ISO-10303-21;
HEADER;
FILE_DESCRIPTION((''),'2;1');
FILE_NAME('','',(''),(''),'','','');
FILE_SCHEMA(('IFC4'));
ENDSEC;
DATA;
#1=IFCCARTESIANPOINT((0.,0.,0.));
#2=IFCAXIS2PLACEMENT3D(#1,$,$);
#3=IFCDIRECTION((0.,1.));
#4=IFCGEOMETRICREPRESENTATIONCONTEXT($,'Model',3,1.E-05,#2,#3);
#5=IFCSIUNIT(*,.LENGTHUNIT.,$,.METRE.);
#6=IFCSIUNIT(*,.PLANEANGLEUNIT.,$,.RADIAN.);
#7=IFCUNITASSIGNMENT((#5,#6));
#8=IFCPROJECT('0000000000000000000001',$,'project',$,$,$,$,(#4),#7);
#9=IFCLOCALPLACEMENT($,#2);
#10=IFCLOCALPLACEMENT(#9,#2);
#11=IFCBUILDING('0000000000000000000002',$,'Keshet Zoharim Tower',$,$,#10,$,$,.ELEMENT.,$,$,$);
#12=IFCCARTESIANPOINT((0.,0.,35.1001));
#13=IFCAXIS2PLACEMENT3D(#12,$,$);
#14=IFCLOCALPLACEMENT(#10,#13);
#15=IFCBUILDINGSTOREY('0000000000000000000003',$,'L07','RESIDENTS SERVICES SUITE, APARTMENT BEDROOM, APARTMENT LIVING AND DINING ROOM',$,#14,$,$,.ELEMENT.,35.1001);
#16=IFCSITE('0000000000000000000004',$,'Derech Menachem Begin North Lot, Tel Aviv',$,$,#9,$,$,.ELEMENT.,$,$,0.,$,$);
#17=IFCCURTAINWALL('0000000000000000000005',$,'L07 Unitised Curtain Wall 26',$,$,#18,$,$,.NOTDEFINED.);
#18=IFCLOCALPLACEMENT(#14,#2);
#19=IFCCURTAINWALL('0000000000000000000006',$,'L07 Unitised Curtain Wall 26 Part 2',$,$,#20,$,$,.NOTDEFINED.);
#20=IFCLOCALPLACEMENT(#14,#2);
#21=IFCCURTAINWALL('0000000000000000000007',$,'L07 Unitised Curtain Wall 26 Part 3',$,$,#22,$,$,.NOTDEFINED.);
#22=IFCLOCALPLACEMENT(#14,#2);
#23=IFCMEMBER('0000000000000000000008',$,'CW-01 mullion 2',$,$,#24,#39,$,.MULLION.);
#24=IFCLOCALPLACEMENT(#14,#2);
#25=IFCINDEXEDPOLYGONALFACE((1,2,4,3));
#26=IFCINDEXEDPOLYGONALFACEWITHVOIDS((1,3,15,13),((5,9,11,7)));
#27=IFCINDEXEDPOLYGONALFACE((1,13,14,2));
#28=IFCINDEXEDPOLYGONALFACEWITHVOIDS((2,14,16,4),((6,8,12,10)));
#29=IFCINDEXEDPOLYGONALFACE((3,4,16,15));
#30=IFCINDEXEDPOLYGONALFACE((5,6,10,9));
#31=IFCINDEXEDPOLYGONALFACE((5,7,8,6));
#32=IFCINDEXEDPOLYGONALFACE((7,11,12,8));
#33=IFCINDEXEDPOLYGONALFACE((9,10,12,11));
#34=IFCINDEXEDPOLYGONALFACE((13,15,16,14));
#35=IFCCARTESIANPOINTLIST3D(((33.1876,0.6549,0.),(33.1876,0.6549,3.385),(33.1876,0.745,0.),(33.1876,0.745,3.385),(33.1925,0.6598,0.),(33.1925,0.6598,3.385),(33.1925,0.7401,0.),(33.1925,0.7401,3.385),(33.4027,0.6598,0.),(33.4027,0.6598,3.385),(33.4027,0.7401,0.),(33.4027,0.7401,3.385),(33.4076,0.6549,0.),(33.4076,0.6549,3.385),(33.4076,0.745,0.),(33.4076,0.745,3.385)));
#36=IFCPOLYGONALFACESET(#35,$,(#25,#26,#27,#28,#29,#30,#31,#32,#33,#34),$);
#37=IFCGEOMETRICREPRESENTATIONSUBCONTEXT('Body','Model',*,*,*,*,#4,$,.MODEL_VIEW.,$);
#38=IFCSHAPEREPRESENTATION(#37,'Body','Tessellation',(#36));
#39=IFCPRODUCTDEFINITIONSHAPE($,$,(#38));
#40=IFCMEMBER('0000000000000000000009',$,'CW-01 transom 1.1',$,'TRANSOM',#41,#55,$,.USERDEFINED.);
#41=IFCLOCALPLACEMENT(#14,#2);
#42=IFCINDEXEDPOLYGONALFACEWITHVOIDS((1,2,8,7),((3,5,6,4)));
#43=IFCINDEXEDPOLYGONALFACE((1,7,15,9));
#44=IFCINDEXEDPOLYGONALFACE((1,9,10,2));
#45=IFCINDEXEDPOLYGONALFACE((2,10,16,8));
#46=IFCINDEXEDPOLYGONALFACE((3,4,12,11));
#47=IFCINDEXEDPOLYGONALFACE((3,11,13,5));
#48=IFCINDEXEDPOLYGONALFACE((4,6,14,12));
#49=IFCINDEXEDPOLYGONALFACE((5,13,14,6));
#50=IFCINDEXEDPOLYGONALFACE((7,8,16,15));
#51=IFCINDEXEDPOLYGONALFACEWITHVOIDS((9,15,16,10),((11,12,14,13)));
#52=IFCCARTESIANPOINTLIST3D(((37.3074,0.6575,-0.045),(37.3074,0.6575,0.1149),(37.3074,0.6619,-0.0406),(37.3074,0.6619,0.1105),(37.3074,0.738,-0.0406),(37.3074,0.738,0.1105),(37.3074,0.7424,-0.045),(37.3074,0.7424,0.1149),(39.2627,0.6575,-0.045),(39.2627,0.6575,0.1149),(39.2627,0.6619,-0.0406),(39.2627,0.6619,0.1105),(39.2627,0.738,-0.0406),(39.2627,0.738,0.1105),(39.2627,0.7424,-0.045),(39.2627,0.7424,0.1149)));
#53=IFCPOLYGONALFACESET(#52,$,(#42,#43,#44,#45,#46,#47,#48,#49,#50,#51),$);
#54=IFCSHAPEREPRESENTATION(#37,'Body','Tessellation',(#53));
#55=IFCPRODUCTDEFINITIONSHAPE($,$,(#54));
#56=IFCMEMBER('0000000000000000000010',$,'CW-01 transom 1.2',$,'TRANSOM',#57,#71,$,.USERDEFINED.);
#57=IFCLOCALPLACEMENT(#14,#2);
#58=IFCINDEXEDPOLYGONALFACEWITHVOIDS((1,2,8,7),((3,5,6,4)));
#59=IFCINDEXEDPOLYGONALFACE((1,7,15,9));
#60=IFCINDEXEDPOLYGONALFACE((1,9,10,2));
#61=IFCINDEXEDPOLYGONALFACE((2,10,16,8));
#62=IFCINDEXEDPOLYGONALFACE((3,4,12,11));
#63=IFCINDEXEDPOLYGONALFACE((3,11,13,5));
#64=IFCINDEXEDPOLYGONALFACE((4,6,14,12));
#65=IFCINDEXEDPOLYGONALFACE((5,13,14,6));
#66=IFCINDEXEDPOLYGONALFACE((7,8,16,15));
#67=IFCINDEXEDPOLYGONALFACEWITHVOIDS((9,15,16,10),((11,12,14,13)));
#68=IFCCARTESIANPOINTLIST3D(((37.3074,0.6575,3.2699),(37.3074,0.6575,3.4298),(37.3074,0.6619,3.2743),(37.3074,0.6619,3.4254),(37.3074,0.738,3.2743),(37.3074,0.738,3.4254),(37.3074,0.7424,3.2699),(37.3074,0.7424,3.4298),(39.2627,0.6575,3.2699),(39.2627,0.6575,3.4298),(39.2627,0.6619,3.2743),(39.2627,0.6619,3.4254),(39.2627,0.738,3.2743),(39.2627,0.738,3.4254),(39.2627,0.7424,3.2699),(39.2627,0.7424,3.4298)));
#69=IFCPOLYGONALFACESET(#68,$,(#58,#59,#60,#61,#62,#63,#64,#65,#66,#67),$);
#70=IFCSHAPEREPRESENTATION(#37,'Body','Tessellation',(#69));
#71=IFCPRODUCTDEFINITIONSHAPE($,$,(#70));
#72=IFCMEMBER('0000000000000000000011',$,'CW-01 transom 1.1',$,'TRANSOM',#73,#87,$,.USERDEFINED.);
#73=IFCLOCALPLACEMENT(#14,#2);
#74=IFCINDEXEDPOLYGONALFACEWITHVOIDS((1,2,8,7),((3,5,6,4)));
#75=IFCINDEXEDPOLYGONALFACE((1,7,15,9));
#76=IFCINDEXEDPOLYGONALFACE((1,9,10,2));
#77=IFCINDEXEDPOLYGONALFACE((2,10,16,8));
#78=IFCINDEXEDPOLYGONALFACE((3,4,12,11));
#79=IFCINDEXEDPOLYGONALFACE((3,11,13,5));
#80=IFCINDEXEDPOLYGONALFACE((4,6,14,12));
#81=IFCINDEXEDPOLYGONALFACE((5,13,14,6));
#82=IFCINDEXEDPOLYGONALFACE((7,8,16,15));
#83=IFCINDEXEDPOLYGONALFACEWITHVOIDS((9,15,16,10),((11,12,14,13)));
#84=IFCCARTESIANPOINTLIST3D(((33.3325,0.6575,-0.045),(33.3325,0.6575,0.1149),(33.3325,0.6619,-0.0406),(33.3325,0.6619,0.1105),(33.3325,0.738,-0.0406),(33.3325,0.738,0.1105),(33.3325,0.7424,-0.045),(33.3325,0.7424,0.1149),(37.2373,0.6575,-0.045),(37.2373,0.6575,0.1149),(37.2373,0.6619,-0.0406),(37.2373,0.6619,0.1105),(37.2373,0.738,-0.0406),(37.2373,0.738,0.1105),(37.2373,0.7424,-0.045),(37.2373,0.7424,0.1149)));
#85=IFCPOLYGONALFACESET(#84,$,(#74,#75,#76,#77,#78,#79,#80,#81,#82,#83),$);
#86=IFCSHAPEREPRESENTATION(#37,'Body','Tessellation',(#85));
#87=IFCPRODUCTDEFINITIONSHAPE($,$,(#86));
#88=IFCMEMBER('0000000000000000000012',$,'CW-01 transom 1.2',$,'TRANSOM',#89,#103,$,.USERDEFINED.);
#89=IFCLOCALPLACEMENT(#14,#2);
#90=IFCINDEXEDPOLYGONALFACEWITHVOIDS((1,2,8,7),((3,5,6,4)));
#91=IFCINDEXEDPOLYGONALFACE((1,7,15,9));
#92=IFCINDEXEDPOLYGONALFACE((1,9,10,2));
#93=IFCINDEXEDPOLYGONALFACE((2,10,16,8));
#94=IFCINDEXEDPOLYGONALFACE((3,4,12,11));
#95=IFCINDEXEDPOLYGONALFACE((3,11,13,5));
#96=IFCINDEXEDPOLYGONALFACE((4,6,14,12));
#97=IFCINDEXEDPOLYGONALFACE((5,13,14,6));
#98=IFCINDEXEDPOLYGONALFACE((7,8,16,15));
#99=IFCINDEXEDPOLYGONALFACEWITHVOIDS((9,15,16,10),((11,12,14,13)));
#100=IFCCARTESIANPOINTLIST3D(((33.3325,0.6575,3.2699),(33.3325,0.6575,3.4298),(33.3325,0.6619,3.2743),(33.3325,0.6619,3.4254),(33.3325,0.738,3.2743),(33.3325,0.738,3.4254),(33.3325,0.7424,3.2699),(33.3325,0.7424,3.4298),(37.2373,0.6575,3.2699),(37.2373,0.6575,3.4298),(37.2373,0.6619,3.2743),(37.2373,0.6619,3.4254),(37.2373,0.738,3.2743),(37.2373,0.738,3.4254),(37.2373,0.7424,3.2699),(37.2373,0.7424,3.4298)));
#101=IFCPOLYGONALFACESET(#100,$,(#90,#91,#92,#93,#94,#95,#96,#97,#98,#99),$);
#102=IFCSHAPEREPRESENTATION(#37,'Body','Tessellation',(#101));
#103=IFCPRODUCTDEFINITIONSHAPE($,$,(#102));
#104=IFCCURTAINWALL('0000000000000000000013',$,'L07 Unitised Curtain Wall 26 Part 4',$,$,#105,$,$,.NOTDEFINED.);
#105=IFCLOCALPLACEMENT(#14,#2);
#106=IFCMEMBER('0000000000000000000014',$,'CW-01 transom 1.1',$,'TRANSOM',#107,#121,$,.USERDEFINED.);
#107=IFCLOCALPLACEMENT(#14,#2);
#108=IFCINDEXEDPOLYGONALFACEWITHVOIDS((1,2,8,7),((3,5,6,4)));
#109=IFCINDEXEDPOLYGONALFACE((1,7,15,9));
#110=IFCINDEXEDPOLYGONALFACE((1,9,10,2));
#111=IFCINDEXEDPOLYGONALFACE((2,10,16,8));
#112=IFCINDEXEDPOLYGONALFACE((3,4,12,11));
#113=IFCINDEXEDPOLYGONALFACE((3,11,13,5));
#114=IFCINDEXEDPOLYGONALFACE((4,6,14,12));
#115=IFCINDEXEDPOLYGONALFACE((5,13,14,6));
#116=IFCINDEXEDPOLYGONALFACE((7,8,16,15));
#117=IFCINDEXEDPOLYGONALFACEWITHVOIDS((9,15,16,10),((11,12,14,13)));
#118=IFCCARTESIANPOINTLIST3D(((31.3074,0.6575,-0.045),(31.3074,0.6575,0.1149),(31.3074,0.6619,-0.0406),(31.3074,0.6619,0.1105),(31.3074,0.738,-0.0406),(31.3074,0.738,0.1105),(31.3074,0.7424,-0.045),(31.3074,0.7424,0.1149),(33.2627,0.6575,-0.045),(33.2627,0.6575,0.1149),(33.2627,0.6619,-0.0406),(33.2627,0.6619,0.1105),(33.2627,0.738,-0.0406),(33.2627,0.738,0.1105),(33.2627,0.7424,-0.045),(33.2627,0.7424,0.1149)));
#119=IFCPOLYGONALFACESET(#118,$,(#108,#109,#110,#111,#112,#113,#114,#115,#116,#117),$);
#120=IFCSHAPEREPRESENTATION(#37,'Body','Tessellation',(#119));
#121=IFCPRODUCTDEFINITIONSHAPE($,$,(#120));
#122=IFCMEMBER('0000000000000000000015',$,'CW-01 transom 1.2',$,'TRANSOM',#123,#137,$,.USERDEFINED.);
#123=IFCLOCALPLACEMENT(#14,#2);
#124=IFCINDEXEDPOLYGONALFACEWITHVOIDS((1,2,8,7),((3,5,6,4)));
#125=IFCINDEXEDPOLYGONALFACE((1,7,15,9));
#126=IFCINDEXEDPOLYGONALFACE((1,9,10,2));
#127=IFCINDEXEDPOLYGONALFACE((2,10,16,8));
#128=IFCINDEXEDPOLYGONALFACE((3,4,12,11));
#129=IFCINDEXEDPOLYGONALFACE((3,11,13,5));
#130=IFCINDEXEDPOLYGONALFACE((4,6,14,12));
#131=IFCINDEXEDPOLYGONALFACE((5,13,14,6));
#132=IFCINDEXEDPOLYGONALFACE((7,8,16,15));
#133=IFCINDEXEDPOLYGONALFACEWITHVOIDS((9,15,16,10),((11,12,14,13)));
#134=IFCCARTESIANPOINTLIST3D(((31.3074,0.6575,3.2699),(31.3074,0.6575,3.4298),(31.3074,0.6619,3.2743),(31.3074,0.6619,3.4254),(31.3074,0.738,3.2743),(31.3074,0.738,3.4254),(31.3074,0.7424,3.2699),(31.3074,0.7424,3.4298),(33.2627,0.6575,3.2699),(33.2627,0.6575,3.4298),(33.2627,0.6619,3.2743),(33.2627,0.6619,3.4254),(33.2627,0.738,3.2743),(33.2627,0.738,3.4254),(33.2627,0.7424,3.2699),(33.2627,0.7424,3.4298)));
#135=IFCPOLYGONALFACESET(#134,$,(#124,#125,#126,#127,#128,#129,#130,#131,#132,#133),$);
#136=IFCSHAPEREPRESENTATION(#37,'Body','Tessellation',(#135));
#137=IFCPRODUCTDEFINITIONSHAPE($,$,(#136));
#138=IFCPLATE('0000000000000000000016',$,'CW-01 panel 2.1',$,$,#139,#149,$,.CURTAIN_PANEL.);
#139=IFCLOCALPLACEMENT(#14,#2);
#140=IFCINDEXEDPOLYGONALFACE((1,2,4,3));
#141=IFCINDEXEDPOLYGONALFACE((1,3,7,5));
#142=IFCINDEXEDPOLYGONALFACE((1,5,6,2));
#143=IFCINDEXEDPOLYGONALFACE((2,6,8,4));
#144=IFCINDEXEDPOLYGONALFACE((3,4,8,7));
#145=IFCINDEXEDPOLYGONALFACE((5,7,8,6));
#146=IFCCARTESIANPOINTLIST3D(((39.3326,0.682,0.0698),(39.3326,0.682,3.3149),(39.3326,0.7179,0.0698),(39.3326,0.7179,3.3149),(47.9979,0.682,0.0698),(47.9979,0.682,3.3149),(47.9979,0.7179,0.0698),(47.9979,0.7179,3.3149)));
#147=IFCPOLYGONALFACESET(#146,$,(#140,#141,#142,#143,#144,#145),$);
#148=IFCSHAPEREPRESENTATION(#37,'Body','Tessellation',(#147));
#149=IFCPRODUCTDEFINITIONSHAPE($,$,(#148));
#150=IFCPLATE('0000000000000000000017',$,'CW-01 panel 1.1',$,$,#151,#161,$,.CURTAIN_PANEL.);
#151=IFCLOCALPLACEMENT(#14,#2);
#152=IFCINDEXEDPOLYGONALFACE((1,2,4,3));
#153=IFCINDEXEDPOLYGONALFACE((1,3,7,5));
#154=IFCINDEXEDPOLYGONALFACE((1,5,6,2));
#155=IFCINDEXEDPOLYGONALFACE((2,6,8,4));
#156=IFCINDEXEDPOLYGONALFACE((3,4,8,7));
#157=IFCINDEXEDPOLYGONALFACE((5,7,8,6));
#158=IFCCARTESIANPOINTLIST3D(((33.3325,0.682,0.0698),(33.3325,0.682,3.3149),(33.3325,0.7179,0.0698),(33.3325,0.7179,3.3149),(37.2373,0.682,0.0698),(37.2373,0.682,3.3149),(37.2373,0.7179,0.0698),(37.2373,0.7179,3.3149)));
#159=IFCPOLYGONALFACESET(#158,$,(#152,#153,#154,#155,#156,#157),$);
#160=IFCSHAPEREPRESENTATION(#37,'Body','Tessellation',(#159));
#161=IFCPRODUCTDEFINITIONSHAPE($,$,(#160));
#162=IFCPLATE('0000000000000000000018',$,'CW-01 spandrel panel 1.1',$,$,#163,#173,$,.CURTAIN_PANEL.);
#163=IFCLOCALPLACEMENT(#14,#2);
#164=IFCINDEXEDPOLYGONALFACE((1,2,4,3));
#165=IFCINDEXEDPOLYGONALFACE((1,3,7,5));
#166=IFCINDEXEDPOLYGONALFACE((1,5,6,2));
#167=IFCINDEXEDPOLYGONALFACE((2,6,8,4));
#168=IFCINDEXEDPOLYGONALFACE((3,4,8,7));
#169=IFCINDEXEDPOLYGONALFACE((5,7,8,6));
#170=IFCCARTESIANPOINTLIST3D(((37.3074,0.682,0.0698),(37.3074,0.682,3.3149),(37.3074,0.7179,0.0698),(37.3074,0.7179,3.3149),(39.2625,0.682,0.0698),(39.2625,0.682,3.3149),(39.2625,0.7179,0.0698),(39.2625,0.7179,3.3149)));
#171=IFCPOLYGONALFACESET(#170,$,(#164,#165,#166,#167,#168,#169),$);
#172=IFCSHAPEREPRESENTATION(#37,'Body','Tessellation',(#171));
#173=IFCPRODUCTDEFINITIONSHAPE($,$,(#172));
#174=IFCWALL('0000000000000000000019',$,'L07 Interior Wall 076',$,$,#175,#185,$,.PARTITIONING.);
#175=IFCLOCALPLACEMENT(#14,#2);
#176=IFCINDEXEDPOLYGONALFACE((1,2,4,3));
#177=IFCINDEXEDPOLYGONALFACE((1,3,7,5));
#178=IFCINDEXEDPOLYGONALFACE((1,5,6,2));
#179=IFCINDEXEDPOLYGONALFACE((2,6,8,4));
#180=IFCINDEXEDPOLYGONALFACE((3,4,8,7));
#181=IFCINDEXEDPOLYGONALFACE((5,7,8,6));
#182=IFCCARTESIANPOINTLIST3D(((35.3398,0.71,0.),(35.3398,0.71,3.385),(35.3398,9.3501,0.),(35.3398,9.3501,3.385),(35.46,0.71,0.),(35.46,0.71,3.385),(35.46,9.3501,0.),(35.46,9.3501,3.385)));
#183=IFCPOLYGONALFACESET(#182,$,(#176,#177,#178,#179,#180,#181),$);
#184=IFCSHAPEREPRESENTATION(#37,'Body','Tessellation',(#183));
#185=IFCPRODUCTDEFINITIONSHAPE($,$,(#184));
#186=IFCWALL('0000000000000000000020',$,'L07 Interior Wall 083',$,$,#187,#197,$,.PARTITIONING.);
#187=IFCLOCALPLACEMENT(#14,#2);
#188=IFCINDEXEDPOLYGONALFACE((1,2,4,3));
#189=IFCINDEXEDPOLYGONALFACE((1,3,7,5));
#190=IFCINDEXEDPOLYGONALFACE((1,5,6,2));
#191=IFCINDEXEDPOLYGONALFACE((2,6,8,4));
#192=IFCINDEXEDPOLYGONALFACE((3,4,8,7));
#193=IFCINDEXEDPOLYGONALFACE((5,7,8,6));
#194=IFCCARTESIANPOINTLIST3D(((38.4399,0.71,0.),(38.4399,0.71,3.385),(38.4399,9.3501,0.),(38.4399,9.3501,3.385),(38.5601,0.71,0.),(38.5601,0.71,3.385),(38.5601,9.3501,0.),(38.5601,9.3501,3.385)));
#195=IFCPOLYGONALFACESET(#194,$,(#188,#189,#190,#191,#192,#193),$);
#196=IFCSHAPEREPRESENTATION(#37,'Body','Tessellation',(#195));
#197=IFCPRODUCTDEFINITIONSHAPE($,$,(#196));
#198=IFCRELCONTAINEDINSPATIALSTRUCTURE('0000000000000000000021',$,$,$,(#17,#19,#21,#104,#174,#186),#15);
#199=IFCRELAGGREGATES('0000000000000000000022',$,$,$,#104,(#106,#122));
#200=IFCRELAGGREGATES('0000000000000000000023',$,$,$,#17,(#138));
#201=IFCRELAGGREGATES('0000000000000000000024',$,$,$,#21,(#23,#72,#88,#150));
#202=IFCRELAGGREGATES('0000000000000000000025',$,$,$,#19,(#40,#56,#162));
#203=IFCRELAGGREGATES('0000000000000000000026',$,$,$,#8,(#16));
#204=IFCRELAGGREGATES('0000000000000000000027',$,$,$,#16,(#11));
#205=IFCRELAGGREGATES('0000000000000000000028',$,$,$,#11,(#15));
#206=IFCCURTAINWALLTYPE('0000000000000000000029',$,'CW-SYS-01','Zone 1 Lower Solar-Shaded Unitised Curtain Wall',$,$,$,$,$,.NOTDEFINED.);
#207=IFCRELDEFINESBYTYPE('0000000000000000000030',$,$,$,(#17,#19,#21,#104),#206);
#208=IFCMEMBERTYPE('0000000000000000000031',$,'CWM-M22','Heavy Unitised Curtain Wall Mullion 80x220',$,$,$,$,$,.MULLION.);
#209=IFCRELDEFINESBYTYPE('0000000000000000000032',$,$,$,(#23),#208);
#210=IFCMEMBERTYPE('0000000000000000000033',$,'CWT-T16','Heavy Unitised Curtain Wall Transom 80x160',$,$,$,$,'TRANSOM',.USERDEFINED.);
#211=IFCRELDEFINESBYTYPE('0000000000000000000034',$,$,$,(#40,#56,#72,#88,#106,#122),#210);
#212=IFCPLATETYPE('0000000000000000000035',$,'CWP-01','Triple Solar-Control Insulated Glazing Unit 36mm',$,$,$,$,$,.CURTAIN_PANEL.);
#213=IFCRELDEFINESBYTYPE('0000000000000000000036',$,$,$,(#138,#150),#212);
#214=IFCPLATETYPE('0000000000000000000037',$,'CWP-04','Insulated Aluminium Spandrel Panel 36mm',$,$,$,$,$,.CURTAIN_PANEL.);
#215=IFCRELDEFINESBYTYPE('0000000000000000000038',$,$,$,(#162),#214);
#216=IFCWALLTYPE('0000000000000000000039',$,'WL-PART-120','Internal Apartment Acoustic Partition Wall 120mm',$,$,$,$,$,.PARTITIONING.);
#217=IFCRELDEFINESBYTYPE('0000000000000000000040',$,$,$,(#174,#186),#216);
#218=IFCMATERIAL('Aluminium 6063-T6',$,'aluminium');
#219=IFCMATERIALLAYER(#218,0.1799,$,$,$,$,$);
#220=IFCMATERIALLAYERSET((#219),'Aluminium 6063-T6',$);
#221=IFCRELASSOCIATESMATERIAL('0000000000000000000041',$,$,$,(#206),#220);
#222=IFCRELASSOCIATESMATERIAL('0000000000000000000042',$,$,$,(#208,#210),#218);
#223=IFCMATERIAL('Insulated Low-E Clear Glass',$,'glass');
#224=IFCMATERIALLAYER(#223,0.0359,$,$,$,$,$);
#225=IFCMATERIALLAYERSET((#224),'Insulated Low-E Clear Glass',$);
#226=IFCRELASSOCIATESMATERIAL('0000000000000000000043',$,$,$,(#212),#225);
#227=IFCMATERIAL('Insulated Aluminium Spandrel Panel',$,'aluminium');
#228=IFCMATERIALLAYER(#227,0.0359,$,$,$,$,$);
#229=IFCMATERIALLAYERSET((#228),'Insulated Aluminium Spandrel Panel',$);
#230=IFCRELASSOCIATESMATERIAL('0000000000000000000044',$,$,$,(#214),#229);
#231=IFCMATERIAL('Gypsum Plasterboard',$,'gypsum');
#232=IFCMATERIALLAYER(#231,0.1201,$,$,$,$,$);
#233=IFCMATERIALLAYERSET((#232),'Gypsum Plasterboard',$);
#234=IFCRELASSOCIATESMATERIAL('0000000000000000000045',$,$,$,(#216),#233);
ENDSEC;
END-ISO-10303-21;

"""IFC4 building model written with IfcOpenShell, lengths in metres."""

from ifc_helpers import new_model, si_unit, direction, frame, frame_2d, origin, origin_2d, place, context, subcontext, project, spatial, rectangle, hollow_rectangle, extrude, material, layer, layer_set, material_profile, profile_set, type_object, element, aggregate, save


model = new_model("IFC4")

# Units and contexts
model_context = context("Model", 3, precision=1e-05, world=origin(), true_north=direction((0.0, 1.0)))
body_context = subcontext(model_context, "Body", "Model", "MODEL_VIEW")
ifc_project = project(units=[si_unit("LENGTHUNIT", "METRE"), si_unit("PLANEANGLEUNIT", "RADIAN")], contexts=[model_context])

# Site, building, storey
site_placement = place(None, origin())
site = spatial("IfcSite", under=ifc_project, at=site_placement, Name="Derech Menachem Begin North Lot, Tel Aviv", CompositionType="ELEMENT", RefElevation=0.0)
building_placement = place(site_placement, origin())
building = spatial("IfcBuilding", under=site, at=building_placement, Name="Keshet Zoharim Tower", CompositionType="ELEMENT")
storey_placement = place(building_placement, frame((0.0, 0.0, 35.1001)))
storey = spatial("IfcBuildingStorey", under=building, at=storey_placement, Name="L07", Description="RESIDENTS SERVICES SUITE, APARTMENT BEDROOM, APARTMENT LIVING AND DINING ROOM", CompositionType="ELEMENT", Elevation=35.1001)

# Curtain walls, member
ifc_material_1 = material(Name="Aluminium 6063-T6", Category="aluminium")
ifc_layer_1 = layer(ifc_material_1, 0.1799)
ifc_layer_set_1 = layer_set([ifc_layer_1], Name="Aluminium 6063-T6")
curtain_wall_type = type_object("IfcCurtainWallType", Name="CW-SYS-01", Description="Zone 1 Lower Solar-Shaded Unitised Curtain Wall", PredefinedType="NOTDEFINED", material=ifc_layer_set_1)
curtain_wall_1_placement = place(storey_placement, origin())
curtain_wall_1 = element("IfcCurtainWall", 1, at=curtain_wall_1_placement, inside=storey, type_object=curtain_wall_type, Name="L07 Unitised Curtain Wall 26", PredefinedType="NOTDEFINED")
ifc_material_profile_1 = material_profile(ifc_material_1, hollow_rectangle(XDim=0.0901, YDim=0.22, WallThickness=0.0049, at=origin_2d()), Name="MUL-90x220")
ifc_profile_set_1 = profile_set([ifc_material_profile_1], Name="Aluminium 6063-T6")
member_type_1 = type_object("IfcMemberType", Name="CWM-M22", Description="Heavy Unitised Curtain Wall Mullion 80x220", PredefinedType="MULLION", material=ifc_profile_set_1)
curtain_wall_2_placement = place(storey_placement, origin())
curtain_wall_2 = element("IfcCurtainWall", 2, at=curtain_wall_2_placement, inside=storey, type_object=curtain_wall_type, Name="L07 Unitised Curtain Wall 26 Part 2", PredefinedType="NOTDEFINED")
curtain_wall_3_placement = place(storey_placement, origin())
curtain_wall_3 = element("IfcCurtainWall", 3, at=curtain_wall_3_placement, inside=storey, type_object=curtain_wall_type, Name="L07 Unitised Curtain Wall 26 Part 3", PredefinedType="NOTDEFINED")
member_1_placement = place(storey_placement, frame((33.2976, 0.7, 0.0), z_axis=(0.0, 0.0, 1.0), x_axis=(0.0, -1.0, 0.0)))
member_1 = element("IfcMember", 4, at=member_1_placement, type_object=member_type_1, Name="CW-01 mullion 2", PredefinedType="MULLION", context=body_context, shape_type="SweptSolid", body=[
    extrude(hollow_rectangle(XDim=0.0901, YDim=0.22, WallThickness=0.0049, at=origin_2d()), origin(), (0.0, 0.0, 1.0), 3.385),
])

# Members
ifc_material_profile_2 = material_profile(ifc_material_1, hollow_rectangle(XDim=0.085, YDim=0.1599, WallThickness=0.0044, at=origin_2d()), Name="TRN-85x160")
ifc_profile_set_2 = profile_set([ifc_material_profile_2], Name="Aluminium 6063-T6")
member_type_2 = type_object("IfcMemberType", Name="CWT-T16", Description="Heavy Unitised Curtain Wall Transom 80x160", ElementType="TRANSOM", PredefinedType="USERDEFINED", material=ifc_profile_set_2)
member_2_placement = place(storey_placement, frame((39.2627, 0.7, 0.0349), z_axis=(-1.0, 0.0, 0.0), x_axis=(0.0, -1.0, 0.0)))
member_2 = element("IfcMember", 5, at=member_2_placement, type_object=member_type_2, Name="CW-01 transom 1.1", ObjectType="TRANSOM", PredefinedType="USERDEFINED", context=body_context, shape_type="SweptSolid", body=[
    extrude(hollow_rectangle(XDim=0.085, YDim=0.1599, WallThickness=0.0044, at=origin_2d()), origin(), (0.0, 0.0, 1.0), 1.9553),
])
member_3_placement = place(storey_placement, frame((39.2627, 0.7, 3.3499), z_axis=(-1.0, 0.0, 0.0), x_axis=(0.0, -1.0, 0.0)))
member_3 = element("IfcMember", 6, at=member_3_placement, type_object=member_type_2, Name="CW-01 transom 1.2", ObjectType="TRANSOM", PredefinedType="USERDEFINED", context=body_context, shape_type="SweptSolid", body=[
    extrude(hollow_rectangle(XDim=0.085, YDim=0.1599, WallThickness=0.0044, at=origin_2d()), origin(), (0.0, 0.0, 1.0), 1.9553),
])
member_4_placement = place(storey_placement, frame((37.2373, 0.7, 0.0349), z_axis=(-1.0, 0.0, 0.0), x_axis=(0.0, -1.0, 0.0)))
member_4 = element("IfcMember", 7, at=member_4_placement, type_object=member_type_2, Name="CW-01 transom 1.1", ObjectType="TRANSOM", PredefinedType="USERDEFINED", context=body_context, shape_type="SweptSolid", body=[
    extrude(hollow_rectangle(XDim=0.085, YDim=0.1599, WallThickness=0.0044, at=origin_2d()), origin(), (0.0, 0.0, 1.0), 3.9048),
])
member_5_placement = place(storey_placement, frame((37.2373, 0.7, 3.3499), z_axis=(-1.0, 0.0, 0.0), x_axis=(0.0, -1.0, 0.0)))
member_5 = element("IfcMember", 8, at=member_5_placement, type_object=member_type_2, Name="CW-01 transom 1.2", ObjectType="TRANSOM", PredefinedType="USERDEFINED", context=body_context, shape_type="SweptSolid", body=[
    extrude(hollow_rectangle(XDim=0.085, YDim=0.1599, WallThickness=0.0044, at=origin_2d()), origin(), (0.0, 0.0, 1.0), 3.9048),
])

# Curtain wall, members
curtain_wall_4_placement = place(storey_placement, origin())
curtain_wall_4 = element("IfcCurtainWall", 9, at=curtain_wall_4_placement, inside=storey, type_object=curtain_wall_type, Name="L07 Unitised Curtain Wall 26 Part 4", PredefinedType="NOTDEFINED")
member_6_placement = place(storey_placement, frame((33.2627, 0.7, 0.0349), z_axis=(-1.0, 0.0, 0.0), x_axis=(0.0, -1.0, 0.0)))
member_6 = element("IfcMember", 10, at=member_6_placement, type_object=member_type_2, Name="CW-01 transom 1.1", ObjectType="TRANSOM", PredefinedType="USERDEFINED", context=body_context, shape_type="SweptSolid", body=[
    extrude(hollow_rectangle(XDim=0.085, YDim=0.1599, WallThickness=0.0044, at=origin_2d()), origin(), (0.0, 0.0, 1.0), 1.9553),
])
member_7_placement = place(storey_placement, frame((33.2627, 0.7, 3.3499), z_axis=(-1.0, 0.0, 0.0), x_axis=(0.0, -1.0, 0.0)))
member_7 = element("IfcMember", 11, at=member_7_placement, type_object=member_type_2, Name="CW-01 transom 1.2", ObjectType="TRANSOM", PredefinedType="USERDEFINED", context=body_context, shape_type="SweptSolid", body=[
    extrude(hollow_rectangle(XDim=0.085, YDim=0.1599, WallThickness=0.0044, at=origin_2d()), origin(), (0.0, 0.0, 1.0), 1.9553),
])
aggregate(curtain_wall_4, [member_6, member_7])

# Plates
ifc_material_2 = material(Name="Insulated Low-E Clear Glass", Category="glass")
ifc_layer_2 = layer(ifc_material_2, 0.0359)
ifc_layer_set_2 = layer_set([ifc_layer_2], Name="Insulated Low-E Clear Glass")
plate_type_1 = type_object("IfcPlateType", Name="CWP-01", Description="Triple Solar-Control Insulated Glazing Unit 36mm", PredefinedType="CURTAIN_PANEL", material=ifc_layer_set_2)
plate_1_placement = place(storey_placement, frame((43.6653, 0.7, 0.0698), z_axis=(0.0, 0.0, 1.0), x_axis=(-1.0, 0.0, 0.0)))
plate_1 = element("IfcPlate", 12, at=plate_1_placement, type_object=plate_type_1, Name="CW-01 panel 2.1", PredefinedType="CURTAIN_PANEL", context=body_context, shape_type="SweptSolid", body=[
    extrude(rectangle(XDim=8.6653, YDim=0.0359, at=origin_2d()), origin(), (0.0, 0.0, 1.0), 3.2451),
])
aggregate(curtain_wall_1, [plate_1])
plate_2_placement = place(storey_placement, frame((35.2849, 0.7, 0.0698), z_axis=(0.0, 0.0, 1.0), x_axis=(-1.0, 0.0, 0.0)))
plate_2 = element("IfcPlate", 13, at=plate_2_placement, type_object=plate_type_1, Name="CW-01 panel 1.1", PredefinedType="CURTAIN_PANEL", context=body_context, shape_type="SweptSolid", body=[
    extrude(rectangle(XDim=3.9048, YDim=0.0359, at=origin_2d()), origin(), (0.0, 0.0, 1.0), 3.2451),
])
aggregate(curtain_wall_3, [member_1, member_4, member_5, plate_2])
ifc_material_3 = material(Name="Insulated Aluminium Spandrel Panel", Category="aluminium")
ifc_layer_3 = layer(ifc_material_3, 0.0359)
ifc_layer_set_3 = layer_set([ifc_layer_3], Name="Insulated Aluminium Spandrel Panel")
plate_type_2 = type_object("IfcPlateType", Name="CWP-04", Description="Insulated Aluminium Spandrel Panel 36mm", PredefinedType="CURTAIN_PANEL", material=ifc_layer_set_3)
plate_3_placement = place(storey_placement, frame((38.2849, 0.7, 0.0698), z_axis=(0.0, 0.0, 1.0), x_axis=(-1.0, 0.0, 0.0)))
plate_3 = element("IfcPlate", 14, at=plate_3_placement, type_object=plate_type_2, Name="CW-01 spandrel panel 1.1", PredefinedType="CURTAIN_PANEL", context=body_context, shape_type="SweptSolid", body=[
    extrude(rectangle(XDim=1.9551, YDim=0.0359, at=origin_2d()), origin(), (0.0, 0.0, 1.0), 3.2451),
])
aggregate(curtain_wall_2, [member_2, member_3, plate_3])

# Walls
ifc_material_4 = material(Name="Gypsum Plasterboard", Category="gypsum")
ifc_layer_4 = layer(ifc_material_4, 0.1201)
ifc_layer_set_4 = layer_set([ifc_layer_4], Name="Gypsum Plasterboard")
wall_type = type_object("IfcWallType", Name="WL-PART-120", Description="Internal Apartment Acoustic Partition Wall 120mm", PredefinedType="PARTITIONING", material=ifc_layer_set_4)
for number, where, z_axis, x_axis, name in (
    (15, (35.3999, 0.71, 0.0), (0.0, 0.0, 1.0), (0.0, 1.0, 0.0), "L07 Interior Wall 076"),
    (16, (38.5, 0.71, 0.0), (0.0, 0.0, 1.0), (0.0, 1.0, 0.0), "L07 Interior Wall 083"),
):
    element("IfcWall", number, at=place(storey_placement, frame(where, z_axis=z_axis, x_axis=x_axis)), inside=storey, type_object=wall_type, Name=name, PredefinedType="PARTITIONING", context=body_context, shape_type="SweptSolid", body=[
        extrude(rectangle(XDim=8.6401, YDim=0.1201, at=frame_2d((4.3201, 0.0))), origin(), (0.0, 0.0, 1.0), 3.385),
    ])

save(model, "model.ifc")
